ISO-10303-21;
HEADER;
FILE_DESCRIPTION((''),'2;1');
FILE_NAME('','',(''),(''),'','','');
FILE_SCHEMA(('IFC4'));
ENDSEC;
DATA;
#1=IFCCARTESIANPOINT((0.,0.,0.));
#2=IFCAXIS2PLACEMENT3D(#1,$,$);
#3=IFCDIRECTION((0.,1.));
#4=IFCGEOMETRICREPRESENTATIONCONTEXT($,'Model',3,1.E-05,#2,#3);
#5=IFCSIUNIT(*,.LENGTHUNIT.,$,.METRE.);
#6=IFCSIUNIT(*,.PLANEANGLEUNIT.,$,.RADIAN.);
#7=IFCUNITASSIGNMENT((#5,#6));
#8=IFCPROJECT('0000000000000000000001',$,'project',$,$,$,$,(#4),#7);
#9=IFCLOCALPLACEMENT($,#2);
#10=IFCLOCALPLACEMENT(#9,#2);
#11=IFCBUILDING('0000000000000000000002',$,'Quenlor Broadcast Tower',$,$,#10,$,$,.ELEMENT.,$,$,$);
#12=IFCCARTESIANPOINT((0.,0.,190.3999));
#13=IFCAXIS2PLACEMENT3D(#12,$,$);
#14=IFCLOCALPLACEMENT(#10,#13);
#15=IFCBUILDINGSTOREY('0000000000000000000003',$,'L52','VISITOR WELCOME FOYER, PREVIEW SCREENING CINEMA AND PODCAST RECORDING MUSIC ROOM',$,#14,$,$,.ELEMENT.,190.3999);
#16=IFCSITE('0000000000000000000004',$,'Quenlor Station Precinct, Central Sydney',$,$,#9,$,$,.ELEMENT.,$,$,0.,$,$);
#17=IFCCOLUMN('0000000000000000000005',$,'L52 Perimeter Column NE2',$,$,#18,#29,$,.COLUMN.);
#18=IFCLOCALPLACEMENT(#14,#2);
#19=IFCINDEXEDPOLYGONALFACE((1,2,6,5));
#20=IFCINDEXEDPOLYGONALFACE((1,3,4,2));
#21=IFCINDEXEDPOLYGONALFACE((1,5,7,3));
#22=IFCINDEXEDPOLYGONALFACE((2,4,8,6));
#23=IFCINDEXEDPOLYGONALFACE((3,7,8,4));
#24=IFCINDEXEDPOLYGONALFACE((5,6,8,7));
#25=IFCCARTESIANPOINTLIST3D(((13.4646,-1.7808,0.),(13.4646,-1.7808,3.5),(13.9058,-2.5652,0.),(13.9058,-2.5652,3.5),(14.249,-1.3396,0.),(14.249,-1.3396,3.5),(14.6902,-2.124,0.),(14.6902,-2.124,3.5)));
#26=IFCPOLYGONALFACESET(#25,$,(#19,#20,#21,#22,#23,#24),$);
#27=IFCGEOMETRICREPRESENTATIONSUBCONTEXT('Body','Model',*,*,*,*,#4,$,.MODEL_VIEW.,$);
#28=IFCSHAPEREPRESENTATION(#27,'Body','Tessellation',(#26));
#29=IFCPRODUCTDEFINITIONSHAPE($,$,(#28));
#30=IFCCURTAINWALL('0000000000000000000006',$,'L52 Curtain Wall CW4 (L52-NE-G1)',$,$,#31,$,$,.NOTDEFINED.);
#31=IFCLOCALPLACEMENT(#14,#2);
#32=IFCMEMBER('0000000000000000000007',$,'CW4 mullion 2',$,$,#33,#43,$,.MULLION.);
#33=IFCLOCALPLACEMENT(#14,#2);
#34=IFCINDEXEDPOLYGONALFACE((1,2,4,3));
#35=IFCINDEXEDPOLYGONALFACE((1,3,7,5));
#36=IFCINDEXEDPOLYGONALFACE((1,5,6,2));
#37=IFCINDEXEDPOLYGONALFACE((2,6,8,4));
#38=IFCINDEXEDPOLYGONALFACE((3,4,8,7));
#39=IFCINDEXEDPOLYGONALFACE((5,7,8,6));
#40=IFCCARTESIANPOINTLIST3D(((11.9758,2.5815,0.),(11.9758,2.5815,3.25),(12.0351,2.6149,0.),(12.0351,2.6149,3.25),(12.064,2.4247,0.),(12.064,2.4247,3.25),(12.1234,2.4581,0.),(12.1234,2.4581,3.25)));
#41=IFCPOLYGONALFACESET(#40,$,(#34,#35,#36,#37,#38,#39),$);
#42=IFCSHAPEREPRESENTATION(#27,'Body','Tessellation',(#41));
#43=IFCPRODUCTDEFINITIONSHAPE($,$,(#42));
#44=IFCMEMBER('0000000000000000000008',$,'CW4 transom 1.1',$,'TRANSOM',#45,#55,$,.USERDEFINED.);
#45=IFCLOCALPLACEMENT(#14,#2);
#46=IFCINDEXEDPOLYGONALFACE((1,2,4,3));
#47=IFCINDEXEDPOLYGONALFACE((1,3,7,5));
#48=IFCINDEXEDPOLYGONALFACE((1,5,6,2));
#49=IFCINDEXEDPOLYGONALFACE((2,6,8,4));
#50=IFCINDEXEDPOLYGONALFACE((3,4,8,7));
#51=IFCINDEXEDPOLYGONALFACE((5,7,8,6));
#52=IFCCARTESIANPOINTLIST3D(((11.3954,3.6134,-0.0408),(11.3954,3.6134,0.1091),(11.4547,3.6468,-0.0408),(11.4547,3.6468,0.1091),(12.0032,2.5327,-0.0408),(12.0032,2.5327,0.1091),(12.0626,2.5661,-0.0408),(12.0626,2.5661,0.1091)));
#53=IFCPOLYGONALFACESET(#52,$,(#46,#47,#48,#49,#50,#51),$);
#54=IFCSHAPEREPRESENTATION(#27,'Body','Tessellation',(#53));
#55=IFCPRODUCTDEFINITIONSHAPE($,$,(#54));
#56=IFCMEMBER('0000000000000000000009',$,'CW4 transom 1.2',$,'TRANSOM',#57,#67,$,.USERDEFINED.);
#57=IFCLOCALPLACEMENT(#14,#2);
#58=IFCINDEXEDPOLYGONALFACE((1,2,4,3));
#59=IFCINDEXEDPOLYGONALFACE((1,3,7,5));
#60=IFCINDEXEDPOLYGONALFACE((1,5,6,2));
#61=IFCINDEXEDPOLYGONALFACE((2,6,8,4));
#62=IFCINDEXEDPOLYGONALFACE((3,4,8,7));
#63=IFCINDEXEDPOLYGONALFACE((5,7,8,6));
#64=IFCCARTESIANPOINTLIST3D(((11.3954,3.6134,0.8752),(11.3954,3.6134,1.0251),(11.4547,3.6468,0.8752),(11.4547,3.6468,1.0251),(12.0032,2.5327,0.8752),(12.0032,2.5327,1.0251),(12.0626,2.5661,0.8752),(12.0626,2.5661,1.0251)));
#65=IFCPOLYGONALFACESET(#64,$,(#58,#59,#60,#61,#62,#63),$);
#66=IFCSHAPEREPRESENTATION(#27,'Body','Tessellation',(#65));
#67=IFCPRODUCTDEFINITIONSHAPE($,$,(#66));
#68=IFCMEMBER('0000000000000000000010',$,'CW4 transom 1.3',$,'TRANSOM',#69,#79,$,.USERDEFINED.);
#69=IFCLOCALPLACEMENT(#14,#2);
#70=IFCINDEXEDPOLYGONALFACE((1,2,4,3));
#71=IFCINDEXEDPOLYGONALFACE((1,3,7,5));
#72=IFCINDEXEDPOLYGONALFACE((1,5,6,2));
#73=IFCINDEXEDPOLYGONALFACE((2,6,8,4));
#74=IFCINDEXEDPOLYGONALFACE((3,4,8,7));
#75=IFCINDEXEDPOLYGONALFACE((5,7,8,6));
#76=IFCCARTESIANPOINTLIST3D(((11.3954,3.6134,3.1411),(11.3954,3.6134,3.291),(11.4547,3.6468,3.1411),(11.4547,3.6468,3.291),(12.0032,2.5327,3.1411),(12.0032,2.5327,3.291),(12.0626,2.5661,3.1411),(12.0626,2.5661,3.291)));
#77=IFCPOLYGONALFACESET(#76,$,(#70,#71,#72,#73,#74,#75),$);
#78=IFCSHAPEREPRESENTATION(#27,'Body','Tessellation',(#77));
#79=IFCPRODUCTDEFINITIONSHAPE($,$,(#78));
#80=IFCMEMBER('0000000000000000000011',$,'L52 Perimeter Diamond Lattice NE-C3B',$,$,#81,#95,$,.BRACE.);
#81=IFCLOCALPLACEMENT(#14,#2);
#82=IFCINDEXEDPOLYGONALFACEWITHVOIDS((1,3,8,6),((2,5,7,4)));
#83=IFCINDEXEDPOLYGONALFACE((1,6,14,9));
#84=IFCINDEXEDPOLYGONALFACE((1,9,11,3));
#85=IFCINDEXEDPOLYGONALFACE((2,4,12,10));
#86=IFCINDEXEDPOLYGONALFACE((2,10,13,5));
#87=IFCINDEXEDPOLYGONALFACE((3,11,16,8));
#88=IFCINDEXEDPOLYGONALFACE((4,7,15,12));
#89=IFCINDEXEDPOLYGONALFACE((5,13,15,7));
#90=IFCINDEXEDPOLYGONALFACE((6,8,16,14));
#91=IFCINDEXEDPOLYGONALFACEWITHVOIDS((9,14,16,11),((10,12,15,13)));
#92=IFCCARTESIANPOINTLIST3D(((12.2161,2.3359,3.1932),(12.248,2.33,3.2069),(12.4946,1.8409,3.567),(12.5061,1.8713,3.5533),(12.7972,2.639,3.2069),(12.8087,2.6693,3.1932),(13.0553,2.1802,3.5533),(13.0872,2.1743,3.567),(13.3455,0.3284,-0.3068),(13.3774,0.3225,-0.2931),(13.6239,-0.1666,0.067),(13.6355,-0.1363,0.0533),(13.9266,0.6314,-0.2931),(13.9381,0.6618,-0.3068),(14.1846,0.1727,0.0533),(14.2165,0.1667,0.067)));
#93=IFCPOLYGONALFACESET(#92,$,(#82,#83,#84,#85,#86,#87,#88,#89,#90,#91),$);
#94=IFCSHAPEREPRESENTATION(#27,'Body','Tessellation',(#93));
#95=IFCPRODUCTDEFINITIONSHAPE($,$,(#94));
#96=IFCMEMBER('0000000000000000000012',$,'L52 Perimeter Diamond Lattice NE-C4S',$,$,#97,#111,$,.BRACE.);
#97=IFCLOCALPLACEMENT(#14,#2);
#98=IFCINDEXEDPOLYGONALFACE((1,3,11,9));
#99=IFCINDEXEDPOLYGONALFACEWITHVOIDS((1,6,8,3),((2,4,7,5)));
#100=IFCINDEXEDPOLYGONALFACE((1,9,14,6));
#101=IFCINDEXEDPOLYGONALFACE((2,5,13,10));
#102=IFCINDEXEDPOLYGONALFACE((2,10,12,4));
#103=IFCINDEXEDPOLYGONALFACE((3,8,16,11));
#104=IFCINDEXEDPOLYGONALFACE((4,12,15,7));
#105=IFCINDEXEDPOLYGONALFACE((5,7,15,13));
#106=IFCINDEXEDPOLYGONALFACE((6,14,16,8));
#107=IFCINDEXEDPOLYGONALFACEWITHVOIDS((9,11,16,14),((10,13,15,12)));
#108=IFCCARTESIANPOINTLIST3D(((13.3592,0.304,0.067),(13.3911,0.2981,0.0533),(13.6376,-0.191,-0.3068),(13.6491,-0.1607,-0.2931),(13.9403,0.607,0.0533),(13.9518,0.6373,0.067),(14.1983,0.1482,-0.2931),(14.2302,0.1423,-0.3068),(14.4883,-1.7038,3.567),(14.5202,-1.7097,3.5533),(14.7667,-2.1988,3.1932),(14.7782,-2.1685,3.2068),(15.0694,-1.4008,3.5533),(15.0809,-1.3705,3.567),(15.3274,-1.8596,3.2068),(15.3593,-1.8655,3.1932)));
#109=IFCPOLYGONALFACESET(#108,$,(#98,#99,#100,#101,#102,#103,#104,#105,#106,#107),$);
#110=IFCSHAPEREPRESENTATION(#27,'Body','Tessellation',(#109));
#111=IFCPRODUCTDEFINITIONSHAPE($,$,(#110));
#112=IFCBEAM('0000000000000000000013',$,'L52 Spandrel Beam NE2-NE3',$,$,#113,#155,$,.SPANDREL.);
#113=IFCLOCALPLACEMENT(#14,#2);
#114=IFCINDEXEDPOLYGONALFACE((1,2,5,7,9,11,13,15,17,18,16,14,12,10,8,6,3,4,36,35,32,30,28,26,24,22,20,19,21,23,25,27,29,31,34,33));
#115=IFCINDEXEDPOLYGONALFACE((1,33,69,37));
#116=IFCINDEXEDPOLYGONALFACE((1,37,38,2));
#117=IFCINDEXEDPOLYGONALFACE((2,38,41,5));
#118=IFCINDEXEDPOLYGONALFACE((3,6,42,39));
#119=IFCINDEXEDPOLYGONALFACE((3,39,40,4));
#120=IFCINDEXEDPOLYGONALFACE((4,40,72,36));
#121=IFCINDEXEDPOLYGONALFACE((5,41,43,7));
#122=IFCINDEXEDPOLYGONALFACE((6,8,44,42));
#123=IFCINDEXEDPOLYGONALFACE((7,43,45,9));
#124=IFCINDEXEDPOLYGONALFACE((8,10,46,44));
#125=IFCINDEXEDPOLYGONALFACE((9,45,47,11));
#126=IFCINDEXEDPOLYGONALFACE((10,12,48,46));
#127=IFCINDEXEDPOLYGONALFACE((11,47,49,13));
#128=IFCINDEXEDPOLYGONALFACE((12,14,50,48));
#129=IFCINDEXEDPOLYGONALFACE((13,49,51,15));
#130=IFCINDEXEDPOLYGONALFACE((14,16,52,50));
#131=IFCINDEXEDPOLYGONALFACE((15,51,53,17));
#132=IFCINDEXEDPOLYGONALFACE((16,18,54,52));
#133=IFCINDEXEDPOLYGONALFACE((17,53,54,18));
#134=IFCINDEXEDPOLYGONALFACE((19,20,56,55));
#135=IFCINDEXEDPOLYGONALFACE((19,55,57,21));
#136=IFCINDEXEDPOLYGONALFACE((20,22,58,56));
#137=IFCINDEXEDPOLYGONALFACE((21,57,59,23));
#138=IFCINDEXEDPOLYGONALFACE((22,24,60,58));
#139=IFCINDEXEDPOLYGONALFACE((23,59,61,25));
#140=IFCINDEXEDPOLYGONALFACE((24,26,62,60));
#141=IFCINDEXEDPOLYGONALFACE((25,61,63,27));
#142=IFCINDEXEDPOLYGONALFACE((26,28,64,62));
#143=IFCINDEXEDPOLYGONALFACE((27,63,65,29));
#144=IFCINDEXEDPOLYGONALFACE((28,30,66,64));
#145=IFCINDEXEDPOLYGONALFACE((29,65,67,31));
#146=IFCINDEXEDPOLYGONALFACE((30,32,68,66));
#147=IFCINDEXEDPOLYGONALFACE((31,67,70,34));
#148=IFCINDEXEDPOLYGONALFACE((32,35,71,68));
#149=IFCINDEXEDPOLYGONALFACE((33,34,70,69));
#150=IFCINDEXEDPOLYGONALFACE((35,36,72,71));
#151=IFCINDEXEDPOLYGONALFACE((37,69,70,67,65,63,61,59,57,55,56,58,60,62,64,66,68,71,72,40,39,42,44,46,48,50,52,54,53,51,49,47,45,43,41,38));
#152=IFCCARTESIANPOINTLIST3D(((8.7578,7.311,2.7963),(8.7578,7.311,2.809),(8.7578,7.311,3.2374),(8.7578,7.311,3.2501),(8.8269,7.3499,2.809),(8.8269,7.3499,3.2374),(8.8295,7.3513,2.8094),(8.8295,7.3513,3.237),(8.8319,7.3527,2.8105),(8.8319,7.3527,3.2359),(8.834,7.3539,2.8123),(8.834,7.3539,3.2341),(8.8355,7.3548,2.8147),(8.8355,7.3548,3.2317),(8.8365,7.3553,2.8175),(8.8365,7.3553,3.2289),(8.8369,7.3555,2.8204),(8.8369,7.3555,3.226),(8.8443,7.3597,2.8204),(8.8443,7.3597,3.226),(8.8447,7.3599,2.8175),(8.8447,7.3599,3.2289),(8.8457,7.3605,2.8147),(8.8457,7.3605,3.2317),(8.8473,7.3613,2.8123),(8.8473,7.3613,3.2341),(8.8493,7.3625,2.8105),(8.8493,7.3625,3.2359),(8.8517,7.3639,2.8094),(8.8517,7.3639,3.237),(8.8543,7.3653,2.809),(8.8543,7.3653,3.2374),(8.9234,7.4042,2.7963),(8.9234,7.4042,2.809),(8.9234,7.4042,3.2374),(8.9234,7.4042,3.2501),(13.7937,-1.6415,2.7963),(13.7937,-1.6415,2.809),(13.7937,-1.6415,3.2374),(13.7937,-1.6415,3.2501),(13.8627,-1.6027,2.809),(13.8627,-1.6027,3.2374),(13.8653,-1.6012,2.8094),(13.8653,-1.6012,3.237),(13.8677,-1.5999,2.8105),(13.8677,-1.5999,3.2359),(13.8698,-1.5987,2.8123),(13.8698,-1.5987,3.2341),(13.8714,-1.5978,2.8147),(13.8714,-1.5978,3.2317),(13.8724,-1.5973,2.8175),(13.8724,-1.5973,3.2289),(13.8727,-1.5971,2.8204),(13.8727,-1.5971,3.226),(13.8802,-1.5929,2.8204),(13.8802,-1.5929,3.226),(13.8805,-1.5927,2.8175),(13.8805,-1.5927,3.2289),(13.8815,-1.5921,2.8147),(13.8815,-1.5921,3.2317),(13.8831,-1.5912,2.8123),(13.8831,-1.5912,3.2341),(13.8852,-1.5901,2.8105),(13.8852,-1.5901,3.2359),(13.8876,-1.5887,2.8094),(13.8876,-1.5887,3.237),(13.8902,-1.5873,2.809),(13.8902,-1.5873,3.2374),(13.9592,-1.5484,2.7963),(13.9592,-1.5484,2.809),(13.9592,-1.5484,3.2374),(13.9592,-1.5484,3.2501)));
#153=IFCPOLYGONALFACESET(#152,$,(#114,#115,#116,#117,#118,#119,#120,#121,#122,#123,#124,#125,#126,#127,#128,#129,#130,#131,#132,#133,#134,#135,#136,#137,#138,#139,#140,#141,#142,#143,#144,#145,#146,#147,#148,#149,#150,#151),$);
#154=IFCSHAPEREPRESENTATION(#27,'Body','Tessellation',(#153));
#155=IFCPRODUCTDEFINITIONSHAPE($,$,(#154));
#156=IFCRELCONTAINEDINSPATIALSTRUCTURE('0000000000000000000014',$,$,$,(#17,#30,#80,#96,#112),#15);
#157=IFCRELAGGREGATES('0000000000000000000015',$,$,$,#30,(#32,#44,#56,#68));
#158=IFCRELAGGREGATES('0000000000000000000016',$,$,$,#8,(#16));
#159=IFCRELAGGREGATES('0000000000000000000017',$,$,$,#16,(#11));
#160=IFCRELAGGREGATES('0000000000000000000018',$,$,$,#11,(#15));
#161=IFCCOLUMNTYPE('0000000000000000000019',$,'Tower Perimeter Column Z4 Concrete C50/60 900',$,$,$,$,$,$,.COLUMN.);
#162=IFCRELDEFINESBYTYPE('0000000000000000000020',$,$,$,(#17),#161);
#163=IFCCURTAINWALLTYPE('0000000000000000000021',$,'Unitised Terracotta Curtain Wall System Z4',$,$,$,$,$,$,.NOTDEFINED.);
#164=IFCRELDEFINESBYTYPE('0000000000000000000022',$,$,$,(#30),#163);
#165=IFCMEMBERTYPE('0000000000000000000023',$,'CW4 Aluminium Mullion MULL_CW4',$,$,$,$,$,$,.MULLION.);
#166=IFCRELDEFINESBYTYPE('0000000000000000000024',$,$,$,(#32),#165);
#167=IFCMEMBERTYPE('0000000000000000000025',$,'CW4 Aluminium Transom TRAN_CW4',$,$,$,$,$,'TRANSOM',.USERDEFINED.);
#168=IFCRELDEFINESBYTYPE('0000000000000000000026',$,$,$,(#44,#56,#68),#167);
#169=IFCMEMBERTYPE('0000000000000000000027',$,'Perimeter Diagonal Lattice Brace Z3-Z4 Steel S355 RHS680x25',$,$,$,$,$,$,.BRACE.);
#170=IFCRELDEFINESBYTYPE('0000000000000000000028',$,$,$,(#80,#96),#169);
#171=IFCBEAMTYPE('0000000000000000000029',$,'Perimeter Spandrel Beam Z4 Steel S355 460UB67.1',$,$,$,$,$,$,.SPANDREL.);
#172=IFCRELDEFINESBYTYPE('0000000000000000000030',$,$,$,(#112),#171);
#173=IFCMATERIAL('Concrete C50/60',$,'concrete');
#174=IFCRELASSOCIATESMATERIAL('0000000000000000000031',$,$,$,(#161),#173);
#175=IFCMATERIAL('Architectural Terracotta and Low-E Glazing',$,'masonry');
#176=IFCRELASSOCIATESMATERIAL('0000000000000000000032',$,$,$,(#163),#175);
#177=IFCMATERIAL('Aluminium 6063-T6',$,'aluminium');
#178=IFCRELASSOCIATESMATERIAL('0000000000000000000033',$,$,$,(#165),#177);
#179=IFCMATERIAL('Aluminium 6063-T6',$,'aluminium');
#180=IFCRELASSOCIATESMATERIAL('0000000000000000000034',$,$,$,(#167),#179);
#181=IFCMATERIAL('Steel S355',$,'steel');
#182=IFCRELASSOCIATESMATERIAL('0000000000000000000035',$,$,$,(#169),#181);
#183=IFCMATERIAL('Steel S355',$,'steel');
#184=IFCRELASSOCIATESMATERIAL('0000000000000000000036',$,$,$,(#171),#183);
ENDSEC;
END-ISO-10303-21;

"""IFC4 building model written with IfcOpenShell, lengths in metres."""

from ifc_helpers import new_model, si_unit, direction, frame, origin, origin_2d, place, context, subcontext, project, spatial, rectangle, hollow_rectangle, i_section, extrude, material, material_profile, profile_set, type_object, element, aggregate, save


model = new_model("IFC4")

# Units and contexts
model_context = context("Model", 3, precision=1e-05, world=origin(), true_north=direction((0.0, 1.0)))
body_context = subcontext(model_context, "Body", "Model", "MODEL_VIEW")
ifc_project = project(units=[si_unit("LENGTHUNIT", "METRE"), si_unit("PLANEANGLEUNIT", "RADIAN")], contexts=[model_context])

# Site, building, storey
site_placement = place(None, origin())
site = spatial("IfcSite", under=ifc_project, at=site_placement, Name="Quenlor Station Precinct, Central Sydney", CompositionType="ELEMENT", RefElevation=0.0)
building_placement = place(site_placement, origin())
building = spatial("IfcBuilding", under=site, at=building_placement, Name="Quenlor Broadcast Tower", CompositionType="ELEMENT")
storey_placement = place(building_placement, frame((0.0, 0.0, 190.3999)))
storey = spatial("IfcBuildingStorey", under=building, at=storey_placement, Name="L52", Description="VISITOR WELCOME FOYER, PREVIEW SCREENING CINEMA AND PODCAST RECORDING MUSIC ROOM", CompositionType="ELEMENT", Elevation=190.3999)

# Column
ifc_material_1 = material(Name="Concrete C50/60", Category="concrete")
ifc_material_profile_1 = material_profile(ifc_material_1, rectangle(XDim=0.8999, YDim=0.8999, at=origin_2d()))
ifc_profile_set_1 = profile_set([ifc_material_profile_1], Name="Concrete C50/60 RC900x900")
column_type = type_object("IfcColumnType", Name="Tower Perimeter Column Z4 Concrete C50/60 900", PredefinedType="COLUMN", material=ifc_profile_set_1)
column_placement = place(storey_placement, frame((14.0774, -1.9524, 0.0), z_axis=(0.0, 0.0, 1.0), x_axis=(0.871575, 0.490262, 0.0)))
element("IfcColumn", 1, at=column_placement, inside=storey, type_object=column_type, Name="L52 Perimeter Column NE2", PredefinedType="COLUMN", context=body_context, shape_type="SweptSolid", body=[
    extrude(rectangle(XDim=0.8999, YDim=0.8999, at=origin_2d()), origin(), (0.0, 0.0, 1.0), 3.5),
])

# Curtain wall, members
ifc_material_2 = material(Name="Architectural Terracotta and Low-E Glazing", Category="masonry")
curtain_wall_type = type_object("IfcCurtainWallType", Name="Unitised Terracotta Curtain Wall System Z4", PredefinedType="NOTDEFINED", material=ifc_material_2)
curtain_wall_placement = place(storey_placement, origin())
curtain_wall = element("IfcCurtainWall", 2, at=curtain_wall_placement, inside=storey, type_object=curtain_wall_type, Name="L52 Curtain Wall CW4 (L52-NE-G1)", PredefinedType="NOTDEFINED")
ifc_material_3 = material(Name="Aluminium 6063-T6", Category="aluminium")
ifc_material_profile_2 = material_profile(ifc_material_3, rectangle(XDim=0.0681, YDim=0.1799, at=origin_2d()))
ifc_profile_set_2 = profile_set([ifc_material_profile_2], Name="Aluminium 6063-T6 MULL68x180")
member_type_1 = type_object("IfcMemberType", Name="CW4 Aluminium Mullion MULL_CW4", PredefinedType="MULLION", material=ifc_profile_set_2)
member_1_placement = place(storey_placement, frame((12.0496, 2.5198, 0.0), z_axis=(0.0, 0.0, 1.0), x_axis=(0.87156, 0.490289, 0.0)))
member_1 = element("IfcMember", 3, at=member_1_placement, type_object=member_type_1, Name="CW4 mullion 2", PredefinedType="MULLION", context=body_context, shape_type="SweptSolid", body=[
    extrude(rectangle(XDim=0.0681, YDim=0.1799, at=origin_2d()), origin(), (0.0, 0.0, 1.0), 3.25),
])
ifc_material_4 = material(Name="Aluminium 6063-T6", Category="aluminium")
ifc_material_profile_3 = material_profile(ifc_material_4, rectangle(XDim=0.0681, YDim=0.1499, at=origin_2d()))
ifc_profile_set_3 = profile_set([ifc_material_profile_3], Name="Aluminium 6063-T6 TRAN68x150")
member_type_2 = type_object("IfcMemberType", Name="CW4 Aluminium Transom TRAN_CW4", ElementType="TRANSOM", PredefinedType="USERDEFINED", material=ifc_profile_set_3)
member_2_placement = place(storey_placement, frame((11.425, 3.6301, 0.0342), z_axis=(0.490233, -0.871591, 0.0), x_axis=(0.871591, 0.490233, 0.0)))
member_2 = element("IfcMember", 4, at=member_2_placement, type_object=member_type_2, Name="CW4 transom 1.1", ObjectType="TRANSOM", PredefinedType="USERDEFINED", context=body_context, shape_type="SweptSolid", body=[
    extrude(rectangle(XDim=0.0681, YDim=0.1499, at=origin_2d()), origin(), (0.0, 0.0, 1.0), 1.24),
])
member_3_placement = place(storey_placement, frame((11.425, 3.6301, 0.9502), z_axis=(0.490233, -0.871591, 0.0), x_axis=(0.871591, 0.490233, 0.0)))
member_3 = element("IfcMember", 5, at=member_3_placement, type_object=member_type_2, Name="CW4 transom 1.2", ObjectType="TRANSOM", PredefinedType="USERDEFINED", context=body_context, shape_type="SweptSolid", body=[
    extrude(rectangle(XDim=0.0681, YDim=0.1499, at=origin_2d()), origin(), (0.0, 0.0, 1.0), 1.24),
])
member_4_placement = place(storey_placement, frame((11.425, 3.6301, 3.2161), z_axis=(0.490233, -0.871591, 0.0), x_axis=(0.871591, 0.490233, 0.0)))
member_4 = element("IfcMember", 6, at=member_4_placement, type_object=member_type_2, Name="CW4 transom 1.3", ObjectType="TRANSOM", PredefinedType="USERDEFINED", context=body_context, shape_type="SweptSolid", body=[
    extrude(rectangle(XDim=0.0681, YDim=0.1499, at=origin_2d()), origin(), (0.0, 0.0, 1.0), 1.24),
])

# Members
ifc_material_5 = material(Name="Steel S355", Category="steel")
ifc_material_profile_4 = material_profile(ifc_material_5, hollow_rectangle(XDim=0.6799, YDim=0.6799, WallThickness=0.0249, at=origin_2d()))
ifc_profile_set_4 = profile_set([ifc_material_profile_4], Name="Steel S355 RHS680x680x25")
member_type_3 = type_object("IfcMemberType", Name="Perimeter Diagonal Lattice Brace Z3-Z4 Steel S355 RHS680x25", PredefinedType="BRACE", material=ifc_profile_set_4)
for number, where, z_axis, x_axis, name in (
    (7, (13.781, 0.2476, -0.1199), (-0.269547, 0.479136, 0.835328), (-0.87155, -0.490307, 0.0), "L52 Perimeter Diamond Lattice NE-C3B"),
    (8, (13.7947, 0.2231, -0.1199), (0.269485, -0.479189, 0.835318), (0.871621, 0.490181, 0.0), "L52 Perimeter Diamond Lattice NE-C4S"),
):
    element("IfcMember", number, at=place(storey_placement, frame(where, z_axis=z_axis, x_axis=x_axis)), inside=storey, type_object=member_type_3, Name=name, PredefinedType="BRACE", context=body_context, shape_type="SweptSolid", body=[
        extrude(hollow_rectangle(XDim=0.6799, YDim=0.6799, WallThickness=0.0249, at=origin_2d()), origin(), (0.0, 0.0, 1.0), 4.1899),
    ])

# Beam
ifc_material_6 = material(Name="Steel S355", Category="steel")
ifc_material_profile_5 = material_profile(ifc_material_6, i_section(OverallWidth=0.1899, OverallDepth=0.4539, WebThickness=0.0085, FlangeThickness=0.0127, FilletRadius=0.0115, at=origin_2d()))
ifc_profile_set_5 = profile_set([ifc_material_profile_5], Name="Steel S355 460UB67.1")
beam_type_1 = type_object("IfcBeamType", Name="Perimeter Spandrel Beam Z4 Steel S355 460UB67.1", PredefinedType="SPANDREL", material=ifc_profile_set_5)
beam_1_placement = place(storey_placement, frame((13.8765, -1.595, 3.0232), z_axis=(-0.490263, 0.871574, 0.0), x_axis=(-0.871574, -0.490263, 0.0)))
element("IfcBeam", 9, at=beam_1_placement, inside=storey, type_object=beam_type_1, Name="L52 Spandrel Beam NE2-NE3", PredefinedType="SPANDREL", context=body_context, shape_type="SweptSolid", body=[
    extrude(i_section(OverallWidth=0.1899, OverallDepth=0.4539, WebThickness=0.0085, FlangeThickness=0.0127, FilletRadius=0.0115, at=origin_2d()), origin(), (0.0, 0.0, 1.0), 10.2717),
])

aggregate(curtain_wall, [member_1, member_2, member_3, member_4])

save(model, "model.ifc")
